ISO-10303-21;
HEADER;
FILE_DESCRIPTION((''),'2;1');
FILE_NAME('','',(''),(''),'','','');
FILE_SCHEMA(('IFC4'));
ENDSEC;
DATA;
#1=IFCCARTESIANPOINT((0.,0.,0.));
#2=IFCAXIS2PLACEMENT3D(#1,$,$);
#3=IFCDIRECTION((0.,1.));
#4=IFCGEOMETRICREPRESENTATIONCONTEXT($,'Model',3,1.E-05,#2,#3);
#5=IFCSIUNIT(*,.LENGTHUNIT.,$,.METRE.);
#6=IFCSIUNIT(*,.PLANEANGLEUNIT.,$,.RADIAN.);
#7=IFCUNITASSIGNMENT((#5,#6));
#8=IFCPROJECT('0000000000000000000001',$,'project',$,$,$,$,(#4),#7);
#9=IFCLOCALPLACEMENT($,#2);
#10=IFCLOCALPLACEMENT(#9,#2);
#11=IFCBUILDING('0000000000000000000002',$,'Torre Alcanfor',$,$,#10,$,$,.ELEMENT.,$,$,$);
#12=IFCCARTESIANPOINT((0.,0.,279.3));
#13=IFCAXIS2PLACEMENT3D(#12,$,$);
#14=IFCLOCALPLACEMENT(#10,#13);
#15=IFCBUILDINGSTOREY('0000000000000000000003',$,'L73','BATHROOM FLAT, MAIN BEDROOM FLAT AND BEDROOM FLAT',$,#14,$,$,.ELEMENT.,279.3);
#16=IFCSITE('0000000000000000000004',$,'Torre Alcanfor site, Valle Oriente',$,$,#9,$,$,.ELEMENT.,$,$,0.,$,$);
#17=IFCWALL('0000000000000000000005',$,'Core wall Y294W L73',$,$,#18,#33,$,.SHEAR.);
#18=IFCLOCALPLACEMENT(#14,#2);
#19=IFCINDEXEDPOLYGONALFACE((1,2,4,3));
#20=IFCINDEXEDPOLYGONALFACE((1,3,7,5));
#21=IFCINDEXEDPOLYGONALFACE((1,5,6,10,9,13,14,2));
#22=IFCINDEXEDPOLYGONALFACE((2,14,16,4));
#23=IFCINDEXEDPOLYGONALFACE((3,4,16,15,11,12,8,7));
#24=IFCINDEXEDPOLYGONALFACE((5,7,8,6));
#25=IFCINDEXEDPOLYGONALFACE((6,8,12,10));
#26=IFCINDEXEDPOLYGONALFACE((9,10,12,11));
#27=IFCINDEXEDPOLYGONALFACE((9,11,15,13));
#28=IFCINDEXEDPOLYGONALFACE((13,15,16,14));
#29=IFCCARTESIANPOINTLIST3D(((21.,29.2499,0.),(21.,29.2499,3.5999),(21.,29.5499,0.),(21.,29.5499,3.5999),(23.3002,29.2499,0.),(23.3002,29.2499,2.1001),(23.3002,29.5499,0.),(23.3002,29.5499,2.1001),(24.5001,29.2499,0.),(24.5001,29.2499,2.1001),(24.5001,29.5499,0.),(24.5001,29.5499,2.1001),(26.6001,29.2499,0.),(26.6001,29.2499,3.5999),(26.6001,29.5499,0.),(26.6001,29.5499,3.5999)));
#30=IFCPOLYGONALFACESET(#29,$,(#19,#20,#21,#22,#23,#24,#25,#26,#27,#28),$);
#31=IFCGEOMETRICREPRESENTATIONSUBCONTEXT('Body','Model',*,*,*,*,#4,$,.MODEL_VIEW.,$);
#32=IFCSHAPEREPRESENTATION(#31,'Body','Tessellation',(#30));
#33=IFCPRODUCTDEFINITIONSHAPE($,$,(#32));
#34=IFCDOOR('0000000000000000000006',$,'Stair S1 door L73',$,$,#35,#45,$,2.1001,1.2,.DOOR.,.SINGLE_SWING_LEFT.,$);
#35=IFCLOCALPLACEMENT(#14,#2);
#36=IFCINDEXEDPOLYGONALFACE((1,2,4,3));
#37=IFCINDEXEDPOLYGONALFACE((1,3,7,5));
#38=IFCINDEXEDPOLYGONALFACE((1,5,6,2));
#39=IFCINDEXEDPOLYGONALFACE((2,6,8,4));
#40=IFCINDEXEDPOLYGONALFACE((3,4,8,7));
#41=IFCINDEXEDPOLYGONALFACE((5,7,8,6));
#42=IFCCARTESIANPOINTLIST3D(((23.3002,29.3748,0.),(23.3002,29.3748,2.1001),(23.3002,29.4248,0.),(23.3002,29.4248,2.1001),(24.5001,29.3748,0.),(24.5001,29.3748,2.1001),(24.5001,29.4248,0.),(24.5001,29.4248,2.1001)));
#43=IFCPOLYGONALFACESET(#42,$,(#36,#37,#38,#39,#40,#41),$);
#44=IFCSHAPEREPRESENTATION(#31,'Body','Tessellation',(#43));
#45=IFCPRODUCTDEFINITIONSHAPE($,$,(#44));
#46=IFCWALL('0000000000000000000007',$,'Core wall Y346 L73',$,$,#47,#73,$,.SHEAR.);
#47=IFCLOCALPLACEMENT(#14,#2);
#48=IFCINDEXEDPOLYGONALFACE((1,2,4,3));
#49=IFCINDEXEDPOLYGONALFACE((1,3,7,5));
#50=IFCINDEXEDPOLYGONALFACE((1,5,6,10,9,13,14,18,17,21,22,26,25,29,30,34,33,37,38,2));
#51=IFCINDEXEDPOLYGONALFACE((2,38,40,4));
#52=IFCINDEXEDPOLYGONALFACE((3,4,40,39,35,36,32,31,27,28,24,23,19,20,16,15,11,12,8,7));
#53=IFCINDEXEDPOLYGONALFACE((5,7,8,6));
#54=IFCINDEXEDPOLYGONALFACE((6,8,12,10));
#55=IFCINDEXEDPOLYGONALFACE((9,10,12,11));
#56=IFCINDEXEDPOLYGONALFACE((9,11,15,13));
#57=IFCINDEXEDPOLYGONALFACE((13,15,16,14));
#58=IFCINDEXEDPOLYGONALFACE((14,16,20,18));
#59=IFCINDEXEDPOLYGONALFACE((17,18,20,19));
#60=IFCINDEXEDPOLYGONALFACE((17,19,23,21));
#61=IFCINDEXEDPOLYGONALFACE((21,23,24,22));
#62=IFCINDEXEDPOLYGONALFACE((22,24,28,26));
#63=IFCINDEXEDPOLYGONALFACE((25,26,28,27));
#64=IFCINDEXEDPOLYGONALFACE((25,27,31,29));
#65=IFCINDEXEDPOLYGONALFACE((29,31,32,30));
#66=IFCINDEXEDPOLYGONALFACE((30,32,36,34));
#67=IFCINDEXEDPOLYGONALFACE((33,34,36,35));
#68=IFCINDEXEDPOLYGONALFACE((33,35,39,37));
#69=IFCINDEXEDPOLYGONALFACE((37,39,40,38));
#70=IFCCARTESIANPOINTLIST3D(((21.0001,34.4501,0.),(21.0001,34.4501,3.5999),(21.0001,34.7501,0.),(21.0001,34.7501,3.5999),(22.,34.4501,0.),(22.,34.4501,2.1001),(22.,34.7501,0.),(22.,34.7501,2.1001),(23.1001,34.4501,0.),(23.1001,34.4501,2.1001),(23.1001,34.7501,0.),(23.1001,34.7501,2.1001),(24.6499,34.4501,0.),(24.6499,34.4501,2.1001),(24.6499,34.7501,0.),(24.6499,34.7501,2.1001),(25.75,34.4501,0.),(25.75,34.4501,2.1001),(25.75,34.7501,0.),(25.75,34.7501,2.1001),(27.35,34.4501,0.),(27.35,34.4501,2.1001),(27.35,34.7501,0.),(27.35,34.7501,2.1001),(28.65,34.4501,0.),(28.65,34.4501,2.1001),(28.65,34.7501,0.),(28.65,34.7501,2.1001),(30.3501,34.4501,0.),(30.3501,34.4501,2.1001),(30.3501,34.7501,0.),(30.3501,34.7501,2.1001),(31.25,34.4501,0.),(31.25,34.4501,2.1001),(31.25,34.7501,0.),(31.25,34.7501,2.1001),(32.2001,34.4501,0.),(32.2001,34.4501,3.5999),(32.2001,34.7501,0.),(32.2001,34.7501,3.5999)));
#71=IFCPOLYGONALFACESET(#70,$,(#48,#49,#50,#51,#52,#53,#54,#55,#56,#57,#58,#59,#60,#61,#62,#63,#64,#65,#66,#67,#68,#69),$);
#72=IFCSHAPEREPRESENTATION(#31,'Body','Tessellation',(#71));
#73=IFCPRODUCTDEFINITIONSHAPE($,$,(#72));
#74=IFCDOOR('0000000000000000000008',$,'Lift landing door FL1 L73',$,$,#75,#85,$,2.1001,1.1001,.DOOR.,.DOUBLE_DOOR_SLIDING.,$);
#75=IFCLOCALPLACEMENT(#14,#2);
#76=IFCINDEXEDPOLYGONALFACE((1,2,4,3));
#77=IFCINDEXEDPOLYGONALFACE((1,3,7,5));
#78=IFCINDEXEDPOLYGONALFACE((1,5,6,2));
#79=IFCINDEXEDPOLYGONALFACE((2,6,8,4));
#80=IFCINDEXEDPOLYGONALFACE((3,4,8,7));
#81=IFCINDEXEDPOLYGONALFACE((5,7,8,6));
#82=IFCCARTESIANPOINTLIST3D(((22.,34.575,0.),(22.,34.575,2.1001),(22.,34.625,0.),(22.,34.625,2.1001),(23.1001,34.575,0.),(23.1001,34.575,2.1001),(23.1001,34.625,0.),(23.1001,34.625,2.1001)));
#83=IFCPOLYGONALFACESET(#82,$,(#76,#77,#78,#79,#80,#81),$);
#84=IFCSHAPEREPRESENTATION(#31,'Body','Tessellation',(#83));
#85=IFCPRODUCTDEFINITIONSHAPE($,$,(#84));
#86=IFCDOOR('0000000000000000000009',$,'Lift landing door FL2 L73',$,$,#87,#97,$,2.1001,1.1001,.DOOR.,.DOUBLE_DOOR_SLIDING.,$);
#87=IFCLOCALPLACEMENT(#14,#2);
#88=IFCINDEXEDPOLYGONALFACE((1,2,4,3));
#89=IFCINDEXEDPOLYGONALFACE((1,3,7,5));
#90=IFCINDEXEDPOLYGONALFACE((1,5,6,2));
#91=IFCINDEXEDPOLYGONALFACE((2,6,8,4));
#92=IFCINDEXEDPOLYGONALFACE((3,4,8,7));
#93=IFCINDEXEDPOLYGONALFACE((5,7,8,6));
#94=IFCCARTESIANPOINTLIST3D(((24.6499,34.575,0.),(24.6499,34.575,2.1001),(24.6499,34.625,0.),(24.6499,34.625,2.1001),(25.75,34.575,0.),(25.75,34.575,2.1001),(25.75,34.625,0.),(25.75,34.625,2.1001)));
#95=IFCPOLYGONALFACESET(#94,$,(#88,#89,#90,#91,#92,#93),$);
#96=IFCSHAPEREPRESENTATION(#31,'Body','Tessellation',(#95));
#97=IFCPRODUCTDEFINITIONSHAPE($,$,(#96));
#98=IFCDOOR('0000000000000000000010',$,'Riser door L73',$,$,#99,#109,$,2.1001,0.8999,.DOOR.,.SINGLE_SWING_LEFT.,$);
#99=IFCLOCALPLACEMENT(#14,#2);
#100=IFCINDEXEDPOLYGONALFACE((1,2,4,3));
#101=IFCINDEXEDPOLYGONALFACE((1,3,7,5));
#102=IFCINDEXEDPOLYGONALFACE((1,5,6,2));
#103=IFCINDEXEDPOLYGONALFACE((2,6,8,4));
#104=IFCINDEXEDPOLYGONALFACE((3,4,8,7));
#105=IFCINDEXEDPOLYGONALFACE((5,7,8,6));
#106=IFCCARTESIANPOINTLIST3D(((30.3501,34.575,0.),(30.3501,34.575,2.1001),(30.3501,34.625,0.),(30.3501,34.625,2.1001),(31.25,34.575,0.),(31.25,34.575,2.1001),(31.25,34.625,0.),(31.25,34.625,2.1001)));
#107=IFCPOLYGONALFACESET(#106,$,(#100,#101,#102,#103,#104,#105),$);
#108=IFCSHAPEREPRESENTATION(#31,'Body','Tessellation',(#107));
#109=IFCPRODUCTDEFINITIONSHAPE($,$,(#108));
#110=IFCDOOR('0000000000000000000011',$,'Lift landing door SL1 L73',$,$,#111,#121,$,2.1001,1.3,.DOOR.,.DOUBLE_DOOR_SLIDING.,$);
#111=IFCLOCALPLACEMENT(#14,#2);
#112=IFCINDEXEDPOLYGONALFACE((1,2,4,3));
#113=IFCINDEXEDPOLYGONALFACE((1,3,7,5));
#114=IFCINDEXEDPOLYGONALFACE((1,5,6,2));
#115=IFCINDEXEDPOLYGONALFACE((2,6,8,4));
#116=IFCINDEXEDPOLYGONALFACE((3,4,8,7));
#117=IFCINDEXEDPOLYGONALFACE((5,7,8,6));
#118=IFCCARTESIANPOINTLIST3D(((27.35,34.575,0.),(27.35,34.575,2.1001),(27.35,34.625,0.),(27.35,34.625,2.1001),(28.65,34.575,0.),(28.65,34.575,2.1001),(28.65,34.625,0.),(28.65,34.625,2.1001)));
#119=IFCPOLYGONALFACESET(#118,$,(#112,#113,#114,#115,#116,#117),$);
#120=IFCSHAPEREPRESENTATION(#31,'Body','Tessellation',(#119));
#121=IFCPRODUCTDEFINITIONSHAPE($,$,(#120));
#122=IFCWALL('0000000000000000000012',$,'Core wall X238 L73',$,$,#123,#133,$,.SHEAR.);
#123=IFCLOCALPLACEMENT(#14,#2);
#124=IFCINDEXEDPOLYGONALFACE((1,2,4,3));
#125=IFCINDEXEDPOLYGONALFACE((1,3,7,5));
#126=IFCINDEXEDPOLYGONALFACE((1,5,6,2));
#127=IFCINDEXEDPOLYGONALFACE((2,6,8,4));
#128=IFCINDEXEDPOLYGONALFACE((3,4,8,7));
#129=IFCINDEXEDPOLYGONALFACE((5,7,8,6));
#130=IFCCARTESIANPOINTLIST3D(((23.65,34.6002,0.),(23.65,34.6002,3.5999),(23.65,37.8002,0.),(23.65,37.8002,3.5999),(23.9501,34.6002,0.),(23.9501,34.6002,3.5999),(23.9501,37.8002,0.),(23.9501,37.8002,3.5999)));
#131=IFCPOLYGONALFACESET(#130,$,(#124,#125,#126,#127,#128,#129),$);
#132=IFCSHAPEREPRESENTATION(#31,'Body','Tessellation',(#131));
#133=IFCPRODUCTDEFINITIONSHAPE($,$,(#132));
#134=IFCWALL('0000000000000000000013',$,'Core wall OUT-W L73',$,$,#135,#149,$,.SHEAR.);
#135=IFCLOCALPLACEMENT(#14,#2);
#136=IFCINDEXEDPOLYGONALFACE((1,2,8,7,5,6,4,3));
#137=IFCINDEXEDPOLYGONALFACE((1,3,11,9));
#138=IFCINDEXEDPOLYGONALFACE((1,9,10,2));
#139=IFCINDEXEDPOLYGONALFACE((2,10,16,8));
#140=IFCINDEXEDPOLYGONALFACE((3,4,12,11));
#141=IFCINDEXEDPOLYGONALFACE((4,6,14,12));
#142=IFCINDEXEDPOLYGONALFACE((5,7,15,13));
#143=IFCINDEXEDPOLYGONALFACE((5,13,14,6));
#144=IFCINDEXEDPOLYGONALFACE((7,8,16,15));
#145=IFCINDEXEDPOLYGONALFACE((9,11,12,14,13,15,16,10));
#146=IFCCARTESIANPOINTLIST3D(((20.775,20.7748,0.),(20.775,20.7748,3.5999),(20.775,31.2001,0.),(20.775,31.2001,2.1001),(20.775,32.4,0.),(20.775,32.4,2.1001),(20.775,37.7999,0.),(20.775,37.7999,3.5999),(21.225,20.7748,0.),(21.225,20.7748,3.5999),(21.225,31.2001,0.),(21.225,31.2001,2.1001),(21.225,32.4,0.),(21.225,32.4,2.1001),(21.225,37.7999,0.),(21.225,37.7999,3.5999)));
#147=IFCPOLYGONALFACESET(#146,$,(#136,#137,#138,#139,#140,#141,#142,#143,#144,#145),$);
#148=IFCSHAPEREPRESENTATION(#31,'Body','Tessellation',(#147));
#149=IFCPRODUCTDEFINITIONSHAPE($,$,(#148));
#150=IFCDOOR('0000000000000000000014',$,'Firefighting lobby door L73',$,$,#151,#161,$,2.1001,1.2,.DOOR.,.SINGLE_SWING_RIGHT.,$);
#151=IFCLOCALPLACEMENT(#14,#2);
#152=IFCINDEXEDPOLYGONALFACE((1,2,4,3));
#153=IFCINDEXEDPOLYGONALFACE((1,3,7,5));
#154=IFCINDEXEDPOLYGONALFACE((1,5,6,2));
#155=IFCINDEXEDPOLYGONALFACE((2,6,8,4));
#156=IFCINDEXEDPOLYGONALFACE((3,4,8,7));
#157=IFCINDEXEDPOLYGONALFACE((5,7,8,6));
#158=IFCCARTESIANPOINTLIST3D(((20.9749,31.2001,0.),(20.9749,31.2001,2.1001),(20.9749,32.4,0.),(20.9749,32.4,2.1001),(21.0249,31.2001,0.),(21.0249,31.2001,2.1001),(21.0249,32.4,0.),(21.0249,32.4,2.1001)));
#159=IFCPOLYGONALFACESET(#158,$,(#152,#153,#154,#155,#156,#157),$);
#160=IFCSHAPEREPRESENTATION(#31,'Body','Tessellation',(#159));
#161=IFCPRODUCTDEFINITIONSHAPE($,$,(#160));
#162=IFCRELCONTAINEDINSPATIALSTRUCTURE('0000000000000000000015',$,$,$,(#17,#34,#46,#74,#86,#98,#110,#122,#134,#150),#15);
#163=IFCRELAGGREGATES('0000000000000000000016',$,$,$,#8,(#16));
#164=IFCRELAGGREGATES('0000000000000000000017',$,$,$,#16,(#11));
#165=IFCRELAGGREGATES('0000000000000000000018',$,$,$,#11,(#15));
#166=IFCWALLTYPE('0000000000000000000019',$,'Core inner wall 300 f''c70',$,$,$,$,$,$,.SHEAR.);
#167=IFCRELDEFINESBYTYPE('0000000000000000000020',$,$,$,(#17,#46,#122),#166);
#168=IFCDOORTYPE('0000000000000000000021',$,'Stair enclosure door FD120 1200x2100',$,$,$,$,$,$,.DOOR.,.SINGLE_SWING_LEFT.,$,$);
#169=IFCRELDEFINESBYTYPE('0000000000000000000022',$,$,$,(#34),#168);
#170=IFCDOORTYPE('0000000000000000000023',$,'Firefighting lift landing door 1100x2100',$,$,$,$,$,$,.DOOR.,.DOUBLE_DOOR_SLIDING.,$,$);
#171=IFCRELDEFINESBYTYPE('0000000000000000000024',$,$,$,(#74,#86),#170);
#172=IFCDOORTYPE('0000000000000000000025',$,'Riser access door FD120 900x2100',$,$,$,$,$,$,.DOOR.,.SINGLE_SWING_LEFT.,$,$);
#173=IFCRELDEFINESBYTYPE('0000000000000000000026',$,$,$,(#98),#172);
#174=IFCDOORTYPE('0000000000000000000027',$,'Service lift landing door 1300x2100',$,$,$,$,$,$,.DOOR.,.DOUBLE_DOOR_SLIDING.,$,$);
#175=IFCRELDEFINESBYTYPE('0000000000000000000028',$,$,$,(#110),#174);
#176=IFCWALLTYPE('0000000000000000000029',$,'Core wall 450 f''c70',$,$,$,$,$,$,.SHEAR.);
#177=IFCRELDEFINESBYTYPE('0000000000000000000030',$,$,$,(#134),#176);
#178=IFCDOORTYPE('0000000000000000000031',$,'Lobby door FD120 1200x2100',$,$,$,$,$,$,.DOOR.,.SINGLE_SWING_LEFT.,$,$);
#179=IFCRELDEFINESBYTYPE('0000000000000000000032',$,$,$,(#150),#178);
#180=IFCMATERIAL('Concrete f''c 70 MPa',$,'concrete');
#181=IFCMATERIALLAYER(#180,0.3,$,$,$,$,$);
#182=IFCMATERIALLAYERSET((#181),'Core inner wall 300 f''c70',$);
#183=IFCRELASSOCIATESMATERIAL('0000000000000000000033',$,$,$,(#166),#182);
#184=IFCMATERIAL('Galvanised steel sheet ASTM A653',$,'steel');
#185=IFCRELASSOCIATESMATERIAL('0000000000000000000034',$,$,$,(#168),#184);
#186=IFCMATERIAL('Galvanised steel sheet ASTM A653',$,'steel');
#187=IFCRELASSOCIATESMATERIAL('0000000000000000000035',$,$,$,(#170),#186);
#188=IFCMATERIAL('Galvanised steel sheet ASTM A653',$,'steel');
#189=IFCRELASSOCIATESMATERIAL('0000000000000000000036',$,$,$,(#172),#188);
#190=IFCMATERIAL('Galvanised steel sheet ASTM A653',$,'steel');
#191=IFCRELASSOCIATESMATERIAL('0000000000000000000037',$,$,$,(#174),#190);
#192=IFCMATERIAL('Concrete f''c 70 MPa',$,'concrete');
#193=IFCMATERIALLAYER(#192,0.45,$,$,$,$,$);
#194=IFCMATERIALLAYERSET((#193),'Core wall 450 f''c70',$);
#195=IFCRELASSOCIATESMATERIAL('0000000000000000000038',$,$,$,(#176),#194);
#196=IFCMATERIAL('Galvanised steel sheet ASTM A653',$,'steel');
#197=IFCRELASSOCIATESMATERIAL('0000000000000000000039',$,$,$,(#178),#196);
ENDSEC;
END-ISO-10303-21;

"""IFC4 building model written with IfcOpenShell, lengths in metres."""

from ifc_helpers import new_model, si_unit, direction, frame, frame_2d, origin, place, context, subcontext, project, spatial, rectangle, extrude, material, layer, layer_set, type_object, element, fill, save


model = new_model("IFC4")

# Units and contexts
model_context = context("Model", 3, precision=1e-05, world=origin(), true_north=direction((0.0, 1.0)))
body_context = subcontext(model_context, "Body", "Model", "MODEL_VIEW")
ifc_project = project(units=[si_unit("LENGTHUNIT", "METRE"), si_unit("PLANEANGLEUNIT", "RADIAN")], contexts=[model_context])

# Site, building, storey
site_placement = place(None, origin())
site = spatial("IfcSite", under=ifc_project, at=site_placement, Name="Torre Alcanfor site, Valle Oriente", CompositionType="ELEMENT", RefElevation=0.0)
building_placement = place(site_placement, origin())
building = spatial("IfcBuilding", under=site, at=building_placement, Name="Torre Alcanfor", CompositionType="ELEMENT")
storey_placement = place(building_placement, frame((0.0, 0.0, 279.3)))
storey = spatial("IfcBuildingStorey", under=building, at=storey_placement, Name="L73", Description="BATHROOM FLAT, MAIN BEDROOM FLAT AND BEDROOM FLAT", CompositionType="ELEMENT", Elevation=279.3)

# Wall, opening, door
ifc_material_1 = material(Name="Concrete f'c 70 MPa", Category="concrete")
ifc_layer_1 = layer(ifc_material_1, 0.3)
ifc_layer_set_1 = layer_set([ifc_layer_1], Name="Core inner wall 300 f'c70")
wall_type_1 = type_object("IfcWallType", Name="Core inner wall 300 f'c70", PredefinedType="SHEAR", material=ifc_layer_set_1)
wall_1_placement = place(storey_placement, frame((21.0, 29.3999, 0.0), z_axis=(0.0, 0.0, 1.0), x_axis=(1.0, 0.0, 0.0)))
wall_1 = element("IfcWall", 1, at=wall_1_placement, inside=storey, type_object=wall_type_1, Name="Core wall Y294W L73", PredefinedType="SHEAR", context=body_context, shape_type="SweptSolid", body=[
    extrude(rectangle(XDim=5.6001, YDim=0.3, at=frame_2d((2.8, 0.0))), origin(), (0.0, 0.0, 1.0), 3.5999),
])
opening_1_placement = place(wall_1_placement, frame((2.3, 0.0, 0.0)))
opening_1 = element("IfcOpeningElement", 2, at=opening_1_placement, cuts=wall_1, PredefinedType="OPENING", context=body_context, shape_type="SweptSolid", body=[
    extrude(rectangle(XDim=1.2, YDim=2.1001, at=frame_2d((0.6001, 1.05))), frame((0.0, 0.1599, 0.0), z_axis=(0.0, -1.0, 0.0), x_axis=(1.0, 0.0, 0.0)), (0.0, 0.0, 1.0), 0.3201),
])
ifc_material_2 = material(Name="Galvanised steel sheet ASTM A653", Category="steel")
door_type_1 = type_object("IfcDoorType", Name="Stair enclosure door FD120 1200x2100", OperationType="SINGLE_SWING_LEFT", PredefinedType="DOOR", material=ifc_material_2)
door_1_placement = place(opening_1_placement, frame((1.2, 0.0, 0.0), z_axis=(0.0, 0.0, 1.0), x_axis=(-1.0, 0.0, 0.0)))
door_1 = element("IfcDoor", 3, at=door_1_placement, inside=storey, type_object=door_type_1, Name="Stair S1 door L73", OperationType="SINGLE_SWING_LEFT", OverallHeight=2.1001, OverallWidth=1.2, PredefinedType="DOOR", context=body_context, shape_type="SweptSolid", body=[
    extrude(rectangle(XDim=1.2, YDim=2.1001, at=frame_2d((0.5999, 1.05))), frame((0.0, 0.0251, 0.0), z_axis=(0.0, -1.0, 0.0), x_axis=(1.0, 0.0, 0.0)), (0.0, 0.0, 1.0), 0.05),
])
fill(opening_1, door_1)

# Wall, openings, doors
wall_2_placement = place(storey_placement, frame((21.0, 34.6001, 0.0), z_axis=(0.0, 0.0, 1.0), x_axis=(1.0, 0.0, 0.0)))
wall_2 = element("IfcWall", 4, at=wall_2_placement, inside=storey, type_object=wall_type_1, Name="Core wall Y346 L73", PredefinedType="SHEAR", context=body_context, shape_type="SweptSolid", body=[
    extrude(rectangle(XDim=11.2, YDim=0.3, at=frame_2d((5.6001, 0.0))), origin(), (0.0, 0.0, 1.0), 3.5999),
])
opening_2_placement = place(wall_2_placement, frame((9.3501, 0.0, 0.0)))
opening_2 = element("IfcOpeningElement", 5, at=opening_2_placement, cuts=wall_2, PredefinedType="OPENING", context=body_context, shape_type="SweptSolid", body=[
    extrude(rectangle(XDim=0.8999, YDim=2.1001, at=frame_2d((0.45, 1.05))), frame((0.0, 0.1599, 0.0), z_axis=(0.0, -1.0, 0.0), x_axis=(1.0, 0.0, 0.0)), (0.0, 0.0, 1.0), 0.3201),
])
opening_3_placement = place(wall_2_placement, frame((1.0, 0.0, 0.0)))
opening_3 = element("IfcOpeningElement", 6, at=opening_3_placement, cuts=wall_2, PredefinedType="OPENING", context=body_context, shape_type="SweptSolid", body=[
    extrude(rectangle(XDim=1.1001, YDim=2.1001, at=frame_2d((0.55, 1.05))), frame((0.0, 0.1599, 0.0), z_axis=(0.0, -1.0, 0.0), x_axis=(1.0, 0.0, 0.0)), (0.0, 0.0, 1.0), 0.3201),
])
opening_4_placement = place(wall_2_placement, frame((3.6499, 0.0, 0.0)))
opening_4 = element("IfcOpeningElement", 7, at=opening_4_placement, cuts=wall_2, PredefinedType="OPENING", context=body_context, shape_type="SweptSolid", body=[
    extrude(rectangle(XDim=1.1001, YDim=2.1001, at=frame_2d((0.55, 1.05))), frame((0.0, 0.1599, 0.0), z_axis=(0.0, -1.0, 0.0), x_axis=(1.0, 0.0, 0.0)), (0.0, 0.0, 1.0), 0.3201),
])
opening_5_placement = place(wall_2_placement, frame((6.3501, 0.0, 0.0)))
opening_5 = element("IfcOpeningElement", 8, at=opening_5_placement, cuts=wall_2, PredefinedType="OPENING", context=body_context, shape_type="SweptSolid", body=[
    extrude(rectangle(XDim=1.3, YDim=2.1001, at=frame_2d((0.6499, 1.05))), frame((0.0, 0.1599, 0.0), z_axis=(0.0, -1.0, 0.0), x_axis=(1.0, 0.0, 0.0)), (0.0, 0.0, 1.0), 0.3201),
])
ifc_material_3 = material(Name="Galvanised steel sheet ASTM A653", Category="steel")
door_type_2 = type_object("IfcDoorType", Name="Firefighting lift landing door 1100x2100", OperationType="DOUBLE_DOOR_SLIDING", PredefinedType="DOOR", material=ifc_material_3)
door_2_placement = place(opening_3_placement, origin())
door_2 = element("IfcDoor", 9, at=door_2_placement, inside=storey, type_object=door_type_2, Name="Lift landing door FL1 L73", OperationType="DOUBLE_DOOR_SLIDING", OverallHeight=2.1001, OverallWidth=1.1001, PredefinedType="DOOR", context=body_context, shape_type="SweptSolid", body=[
    extrude(rectangle(XDim=1.1001, YDim=2.1001, at=frame_2d((0.55, 1.05))), frame((0.0, 0.0249, 0.0), z_axis=(0.0, -1.0, 0.0), x_axis=(1.0, 0.0, 0.0)), (0.0, 0.0, 1.0), 0.05),
])
fill(opening_3, door_2)
door_3_placement = place(opening_4_placement, origin())
door_3 = element("IfcDoor", 10, at=door_3_placement, inside=storey, type_object=door_type_2, Name="Lift landing door FL2 L73", OperationType="DOUBLE_DOOR_SLIDING", OverallHeight=2.1001, OverallWidth=1.1001, PredefinedType="DOOR", context=body_context, shape_type="SweptSolid", body=[
    extrude(rectangle(XDim=1.1001, YDim=2.1001, at=frame_2d((0.55, 1.05))), frame((0.0, 0.0249, 0.0), z_axis=(0.0, -1.0, 0.0), x_axis=(1.0, 0.0, 0.0)), (0.0, 0.0, 1.0), 0.05),
])
fill(opening_4, door_3)
ifc_material_4 = material(Name="Galvanised steel sheet ASTM A653", Category="steel")
door_type_3 = type_object("IfcDoorType", Name="Riser access door FD120 900x2100", OperationType="SINGLE_SWING_LEFT", PredefinedType="DOOR", material=ifc_material_4)
door_4_placement = place(opening_2_placement, origin())
door_4 = element("IfcDoor", 11, at=door_4_placement, inside=storey, type_object=door_type_3, Name="Riser door L73", OperationType="SINGLE_SWING_LEFT", OverallHeight=2.1001, OverallWidth=0.8999, PredefinedType="DOOR", context=body_context, shape_type="SweptSolid", body=[
    extrude(rectangle(XDim=0.8999, YDim=2.1001, at=frame_2d((0.45, 1.05))), frame((0.0, 0.0249, 0.0), z_axis=(0.0, -1.0, 0.0), x_axis=(1.0, 0.0, 0.0)), (0.0, 0.0, 1.0), 0.05),
])
fill(opening_2, door_4)
ifc_material_5 = material(Name="Galvanised steel sheet ASTM A653", Category="steel")
door_type_4 = type_object("IfcDoorType", Name="Service lift landing door 1300x2100", OperationType="DOUBLE_DOOR_SLIDING", PredefinedType="DOOR", material=ifc_material_5)
door_5_placement = place(opening_5_placement, origin())
door_5 = element("IfcDoor", 12, at=door_5_placement, inside=storey, type_object=door_type_4, Name="Lift landing door SL1 L73", OperationType="DOUBLE_DOOR_SLIDING", OverallHeight=2.1001, OverallWidth=1.3, PredefinedType="DOOR", context=body_context, shape_type="SweptSolid", body=[
    extrude(rectangle(XDim=1.3, YDim=2.1001, at=frame_2d((0.6499, 1.05))), frame((0.0, 0.0249, 0.0), z_axis=(0.0, -1.0, 0.0), x_axis=(1.0, 0.0, 0.0)), (0.0, 0.0, 1.0), 0.05),
])
fill(opening_5, door_5)

# Wall
wall_3_placement = place(storey_placement, frame((23.8, 34.6001, 0.0), z_axis=(0.0, 0.0, 1.0), x_axis=(0.0, 1.0, 0.0)))
element("IfcWall", 13, at=wall_3_placement, inside=storey, type_object=wall_type_1, Name="Core wall X238 L73", PredefinedType="SHEAR", context=body_context, shape_type="SweptSolid", body=[
    extrude(rectangle(XDim=3.2, YDim=0.3, at=frame_2d((1.6001, 0.0))), origin(), (0.0, 0.0, 1.0), 3.5999),
])

# Wall, opening, door
ifc_material_6 = material(Name="Concrete f'c 70 MPa", Category="concrete")
ifc_layer_2 = layer(ifc_material_6, 0.45)
ifc_layer_set_2 = layer_set([ifc_layer_2], Name="Core wall 450 f'c70")
wall_type_2 = type_object("IfcWallType", Name="Core wall 450 f'c70", PredefinedType="SHEAR", material=ifc_layer_set_2)
wall_4_placement = place(storey_placement, frame((21.0, 37.8, 0.0), z_axis=(0.0, 0.0, 1.0), x_axis=(0.0, -1.0, 0.0)))
wall_4 = element("IfcWall", 14, at=wall_4_placement, inside=storey, type_object=wall_type_2, Name="Core wall OUT-W L73", PredefinedType="SHEAR", context=body_context, shape_type="SweptSolid", body=[
    extrude(rectangle(XDim=17.0251, YDim=0.45, at=frame_2d((8.5127, 0.0))), origin(), (0.0, 0.0, 1.0), 3.5999),
])
opening_6_placement = place(wall_4_placement, frame((5.3999, 0.0, 0.0)))
opening_6 = element("IfcOpeningElement", 15, at=opening_6_placement, cuts=wall_4, PredefinedType="OPENING", context=body_context, shape_type="SweptSolid", body=[
    extrude(rectangle(XDim=1.2, YDim=2.1001, at=frame_2d((0.6001, 1.05))), frame((0.0, 0.2349, 0.0), z_axis=(0.0, -1.0, 0.0), x_axis=(1.0, 0.0, 0.0)), (0.0, 0.0, 1.0), 0.47),
])
ifc_material_7 = material(Name="Galvanised steel sheet ASTM A653", Category="steel")
door_type_5 = type_object("IfcDoorType", Name="Lobby door FD120 1200x2100", OperationType="SINGLE_SWING_LEFT", PredefinedType="DOOR", material=ifc_material_7)
door_6_placement = place(opening_6_placement, origin())
door_6 = element("IfcDoor", 16, at=door_6_placement, inside=storey, type_object=door_type_5, Name="Firefighting lobby door L73", OperationType="SINGLE_SWING_RIGHT", OverallHeight=2.1001, OverallWidth=1.2, PredefinedType="DOOR", context=body_context, shape_type="SweptSolid", body=[
    extrude(rectangle(XDim=1.2, YDim=2.1001, at=frame_2d((0.6001, 1.05))), frame((0.0, 0.0249, 0.0), z_axis=(0.0, -1.0, 0.0), x_axis=(1.0, 0.0, 0.0)), (0.0, 0.0, 1.0), 0.05),
])
fill(opening_6, door_6)

save(model, "model.ifc")
